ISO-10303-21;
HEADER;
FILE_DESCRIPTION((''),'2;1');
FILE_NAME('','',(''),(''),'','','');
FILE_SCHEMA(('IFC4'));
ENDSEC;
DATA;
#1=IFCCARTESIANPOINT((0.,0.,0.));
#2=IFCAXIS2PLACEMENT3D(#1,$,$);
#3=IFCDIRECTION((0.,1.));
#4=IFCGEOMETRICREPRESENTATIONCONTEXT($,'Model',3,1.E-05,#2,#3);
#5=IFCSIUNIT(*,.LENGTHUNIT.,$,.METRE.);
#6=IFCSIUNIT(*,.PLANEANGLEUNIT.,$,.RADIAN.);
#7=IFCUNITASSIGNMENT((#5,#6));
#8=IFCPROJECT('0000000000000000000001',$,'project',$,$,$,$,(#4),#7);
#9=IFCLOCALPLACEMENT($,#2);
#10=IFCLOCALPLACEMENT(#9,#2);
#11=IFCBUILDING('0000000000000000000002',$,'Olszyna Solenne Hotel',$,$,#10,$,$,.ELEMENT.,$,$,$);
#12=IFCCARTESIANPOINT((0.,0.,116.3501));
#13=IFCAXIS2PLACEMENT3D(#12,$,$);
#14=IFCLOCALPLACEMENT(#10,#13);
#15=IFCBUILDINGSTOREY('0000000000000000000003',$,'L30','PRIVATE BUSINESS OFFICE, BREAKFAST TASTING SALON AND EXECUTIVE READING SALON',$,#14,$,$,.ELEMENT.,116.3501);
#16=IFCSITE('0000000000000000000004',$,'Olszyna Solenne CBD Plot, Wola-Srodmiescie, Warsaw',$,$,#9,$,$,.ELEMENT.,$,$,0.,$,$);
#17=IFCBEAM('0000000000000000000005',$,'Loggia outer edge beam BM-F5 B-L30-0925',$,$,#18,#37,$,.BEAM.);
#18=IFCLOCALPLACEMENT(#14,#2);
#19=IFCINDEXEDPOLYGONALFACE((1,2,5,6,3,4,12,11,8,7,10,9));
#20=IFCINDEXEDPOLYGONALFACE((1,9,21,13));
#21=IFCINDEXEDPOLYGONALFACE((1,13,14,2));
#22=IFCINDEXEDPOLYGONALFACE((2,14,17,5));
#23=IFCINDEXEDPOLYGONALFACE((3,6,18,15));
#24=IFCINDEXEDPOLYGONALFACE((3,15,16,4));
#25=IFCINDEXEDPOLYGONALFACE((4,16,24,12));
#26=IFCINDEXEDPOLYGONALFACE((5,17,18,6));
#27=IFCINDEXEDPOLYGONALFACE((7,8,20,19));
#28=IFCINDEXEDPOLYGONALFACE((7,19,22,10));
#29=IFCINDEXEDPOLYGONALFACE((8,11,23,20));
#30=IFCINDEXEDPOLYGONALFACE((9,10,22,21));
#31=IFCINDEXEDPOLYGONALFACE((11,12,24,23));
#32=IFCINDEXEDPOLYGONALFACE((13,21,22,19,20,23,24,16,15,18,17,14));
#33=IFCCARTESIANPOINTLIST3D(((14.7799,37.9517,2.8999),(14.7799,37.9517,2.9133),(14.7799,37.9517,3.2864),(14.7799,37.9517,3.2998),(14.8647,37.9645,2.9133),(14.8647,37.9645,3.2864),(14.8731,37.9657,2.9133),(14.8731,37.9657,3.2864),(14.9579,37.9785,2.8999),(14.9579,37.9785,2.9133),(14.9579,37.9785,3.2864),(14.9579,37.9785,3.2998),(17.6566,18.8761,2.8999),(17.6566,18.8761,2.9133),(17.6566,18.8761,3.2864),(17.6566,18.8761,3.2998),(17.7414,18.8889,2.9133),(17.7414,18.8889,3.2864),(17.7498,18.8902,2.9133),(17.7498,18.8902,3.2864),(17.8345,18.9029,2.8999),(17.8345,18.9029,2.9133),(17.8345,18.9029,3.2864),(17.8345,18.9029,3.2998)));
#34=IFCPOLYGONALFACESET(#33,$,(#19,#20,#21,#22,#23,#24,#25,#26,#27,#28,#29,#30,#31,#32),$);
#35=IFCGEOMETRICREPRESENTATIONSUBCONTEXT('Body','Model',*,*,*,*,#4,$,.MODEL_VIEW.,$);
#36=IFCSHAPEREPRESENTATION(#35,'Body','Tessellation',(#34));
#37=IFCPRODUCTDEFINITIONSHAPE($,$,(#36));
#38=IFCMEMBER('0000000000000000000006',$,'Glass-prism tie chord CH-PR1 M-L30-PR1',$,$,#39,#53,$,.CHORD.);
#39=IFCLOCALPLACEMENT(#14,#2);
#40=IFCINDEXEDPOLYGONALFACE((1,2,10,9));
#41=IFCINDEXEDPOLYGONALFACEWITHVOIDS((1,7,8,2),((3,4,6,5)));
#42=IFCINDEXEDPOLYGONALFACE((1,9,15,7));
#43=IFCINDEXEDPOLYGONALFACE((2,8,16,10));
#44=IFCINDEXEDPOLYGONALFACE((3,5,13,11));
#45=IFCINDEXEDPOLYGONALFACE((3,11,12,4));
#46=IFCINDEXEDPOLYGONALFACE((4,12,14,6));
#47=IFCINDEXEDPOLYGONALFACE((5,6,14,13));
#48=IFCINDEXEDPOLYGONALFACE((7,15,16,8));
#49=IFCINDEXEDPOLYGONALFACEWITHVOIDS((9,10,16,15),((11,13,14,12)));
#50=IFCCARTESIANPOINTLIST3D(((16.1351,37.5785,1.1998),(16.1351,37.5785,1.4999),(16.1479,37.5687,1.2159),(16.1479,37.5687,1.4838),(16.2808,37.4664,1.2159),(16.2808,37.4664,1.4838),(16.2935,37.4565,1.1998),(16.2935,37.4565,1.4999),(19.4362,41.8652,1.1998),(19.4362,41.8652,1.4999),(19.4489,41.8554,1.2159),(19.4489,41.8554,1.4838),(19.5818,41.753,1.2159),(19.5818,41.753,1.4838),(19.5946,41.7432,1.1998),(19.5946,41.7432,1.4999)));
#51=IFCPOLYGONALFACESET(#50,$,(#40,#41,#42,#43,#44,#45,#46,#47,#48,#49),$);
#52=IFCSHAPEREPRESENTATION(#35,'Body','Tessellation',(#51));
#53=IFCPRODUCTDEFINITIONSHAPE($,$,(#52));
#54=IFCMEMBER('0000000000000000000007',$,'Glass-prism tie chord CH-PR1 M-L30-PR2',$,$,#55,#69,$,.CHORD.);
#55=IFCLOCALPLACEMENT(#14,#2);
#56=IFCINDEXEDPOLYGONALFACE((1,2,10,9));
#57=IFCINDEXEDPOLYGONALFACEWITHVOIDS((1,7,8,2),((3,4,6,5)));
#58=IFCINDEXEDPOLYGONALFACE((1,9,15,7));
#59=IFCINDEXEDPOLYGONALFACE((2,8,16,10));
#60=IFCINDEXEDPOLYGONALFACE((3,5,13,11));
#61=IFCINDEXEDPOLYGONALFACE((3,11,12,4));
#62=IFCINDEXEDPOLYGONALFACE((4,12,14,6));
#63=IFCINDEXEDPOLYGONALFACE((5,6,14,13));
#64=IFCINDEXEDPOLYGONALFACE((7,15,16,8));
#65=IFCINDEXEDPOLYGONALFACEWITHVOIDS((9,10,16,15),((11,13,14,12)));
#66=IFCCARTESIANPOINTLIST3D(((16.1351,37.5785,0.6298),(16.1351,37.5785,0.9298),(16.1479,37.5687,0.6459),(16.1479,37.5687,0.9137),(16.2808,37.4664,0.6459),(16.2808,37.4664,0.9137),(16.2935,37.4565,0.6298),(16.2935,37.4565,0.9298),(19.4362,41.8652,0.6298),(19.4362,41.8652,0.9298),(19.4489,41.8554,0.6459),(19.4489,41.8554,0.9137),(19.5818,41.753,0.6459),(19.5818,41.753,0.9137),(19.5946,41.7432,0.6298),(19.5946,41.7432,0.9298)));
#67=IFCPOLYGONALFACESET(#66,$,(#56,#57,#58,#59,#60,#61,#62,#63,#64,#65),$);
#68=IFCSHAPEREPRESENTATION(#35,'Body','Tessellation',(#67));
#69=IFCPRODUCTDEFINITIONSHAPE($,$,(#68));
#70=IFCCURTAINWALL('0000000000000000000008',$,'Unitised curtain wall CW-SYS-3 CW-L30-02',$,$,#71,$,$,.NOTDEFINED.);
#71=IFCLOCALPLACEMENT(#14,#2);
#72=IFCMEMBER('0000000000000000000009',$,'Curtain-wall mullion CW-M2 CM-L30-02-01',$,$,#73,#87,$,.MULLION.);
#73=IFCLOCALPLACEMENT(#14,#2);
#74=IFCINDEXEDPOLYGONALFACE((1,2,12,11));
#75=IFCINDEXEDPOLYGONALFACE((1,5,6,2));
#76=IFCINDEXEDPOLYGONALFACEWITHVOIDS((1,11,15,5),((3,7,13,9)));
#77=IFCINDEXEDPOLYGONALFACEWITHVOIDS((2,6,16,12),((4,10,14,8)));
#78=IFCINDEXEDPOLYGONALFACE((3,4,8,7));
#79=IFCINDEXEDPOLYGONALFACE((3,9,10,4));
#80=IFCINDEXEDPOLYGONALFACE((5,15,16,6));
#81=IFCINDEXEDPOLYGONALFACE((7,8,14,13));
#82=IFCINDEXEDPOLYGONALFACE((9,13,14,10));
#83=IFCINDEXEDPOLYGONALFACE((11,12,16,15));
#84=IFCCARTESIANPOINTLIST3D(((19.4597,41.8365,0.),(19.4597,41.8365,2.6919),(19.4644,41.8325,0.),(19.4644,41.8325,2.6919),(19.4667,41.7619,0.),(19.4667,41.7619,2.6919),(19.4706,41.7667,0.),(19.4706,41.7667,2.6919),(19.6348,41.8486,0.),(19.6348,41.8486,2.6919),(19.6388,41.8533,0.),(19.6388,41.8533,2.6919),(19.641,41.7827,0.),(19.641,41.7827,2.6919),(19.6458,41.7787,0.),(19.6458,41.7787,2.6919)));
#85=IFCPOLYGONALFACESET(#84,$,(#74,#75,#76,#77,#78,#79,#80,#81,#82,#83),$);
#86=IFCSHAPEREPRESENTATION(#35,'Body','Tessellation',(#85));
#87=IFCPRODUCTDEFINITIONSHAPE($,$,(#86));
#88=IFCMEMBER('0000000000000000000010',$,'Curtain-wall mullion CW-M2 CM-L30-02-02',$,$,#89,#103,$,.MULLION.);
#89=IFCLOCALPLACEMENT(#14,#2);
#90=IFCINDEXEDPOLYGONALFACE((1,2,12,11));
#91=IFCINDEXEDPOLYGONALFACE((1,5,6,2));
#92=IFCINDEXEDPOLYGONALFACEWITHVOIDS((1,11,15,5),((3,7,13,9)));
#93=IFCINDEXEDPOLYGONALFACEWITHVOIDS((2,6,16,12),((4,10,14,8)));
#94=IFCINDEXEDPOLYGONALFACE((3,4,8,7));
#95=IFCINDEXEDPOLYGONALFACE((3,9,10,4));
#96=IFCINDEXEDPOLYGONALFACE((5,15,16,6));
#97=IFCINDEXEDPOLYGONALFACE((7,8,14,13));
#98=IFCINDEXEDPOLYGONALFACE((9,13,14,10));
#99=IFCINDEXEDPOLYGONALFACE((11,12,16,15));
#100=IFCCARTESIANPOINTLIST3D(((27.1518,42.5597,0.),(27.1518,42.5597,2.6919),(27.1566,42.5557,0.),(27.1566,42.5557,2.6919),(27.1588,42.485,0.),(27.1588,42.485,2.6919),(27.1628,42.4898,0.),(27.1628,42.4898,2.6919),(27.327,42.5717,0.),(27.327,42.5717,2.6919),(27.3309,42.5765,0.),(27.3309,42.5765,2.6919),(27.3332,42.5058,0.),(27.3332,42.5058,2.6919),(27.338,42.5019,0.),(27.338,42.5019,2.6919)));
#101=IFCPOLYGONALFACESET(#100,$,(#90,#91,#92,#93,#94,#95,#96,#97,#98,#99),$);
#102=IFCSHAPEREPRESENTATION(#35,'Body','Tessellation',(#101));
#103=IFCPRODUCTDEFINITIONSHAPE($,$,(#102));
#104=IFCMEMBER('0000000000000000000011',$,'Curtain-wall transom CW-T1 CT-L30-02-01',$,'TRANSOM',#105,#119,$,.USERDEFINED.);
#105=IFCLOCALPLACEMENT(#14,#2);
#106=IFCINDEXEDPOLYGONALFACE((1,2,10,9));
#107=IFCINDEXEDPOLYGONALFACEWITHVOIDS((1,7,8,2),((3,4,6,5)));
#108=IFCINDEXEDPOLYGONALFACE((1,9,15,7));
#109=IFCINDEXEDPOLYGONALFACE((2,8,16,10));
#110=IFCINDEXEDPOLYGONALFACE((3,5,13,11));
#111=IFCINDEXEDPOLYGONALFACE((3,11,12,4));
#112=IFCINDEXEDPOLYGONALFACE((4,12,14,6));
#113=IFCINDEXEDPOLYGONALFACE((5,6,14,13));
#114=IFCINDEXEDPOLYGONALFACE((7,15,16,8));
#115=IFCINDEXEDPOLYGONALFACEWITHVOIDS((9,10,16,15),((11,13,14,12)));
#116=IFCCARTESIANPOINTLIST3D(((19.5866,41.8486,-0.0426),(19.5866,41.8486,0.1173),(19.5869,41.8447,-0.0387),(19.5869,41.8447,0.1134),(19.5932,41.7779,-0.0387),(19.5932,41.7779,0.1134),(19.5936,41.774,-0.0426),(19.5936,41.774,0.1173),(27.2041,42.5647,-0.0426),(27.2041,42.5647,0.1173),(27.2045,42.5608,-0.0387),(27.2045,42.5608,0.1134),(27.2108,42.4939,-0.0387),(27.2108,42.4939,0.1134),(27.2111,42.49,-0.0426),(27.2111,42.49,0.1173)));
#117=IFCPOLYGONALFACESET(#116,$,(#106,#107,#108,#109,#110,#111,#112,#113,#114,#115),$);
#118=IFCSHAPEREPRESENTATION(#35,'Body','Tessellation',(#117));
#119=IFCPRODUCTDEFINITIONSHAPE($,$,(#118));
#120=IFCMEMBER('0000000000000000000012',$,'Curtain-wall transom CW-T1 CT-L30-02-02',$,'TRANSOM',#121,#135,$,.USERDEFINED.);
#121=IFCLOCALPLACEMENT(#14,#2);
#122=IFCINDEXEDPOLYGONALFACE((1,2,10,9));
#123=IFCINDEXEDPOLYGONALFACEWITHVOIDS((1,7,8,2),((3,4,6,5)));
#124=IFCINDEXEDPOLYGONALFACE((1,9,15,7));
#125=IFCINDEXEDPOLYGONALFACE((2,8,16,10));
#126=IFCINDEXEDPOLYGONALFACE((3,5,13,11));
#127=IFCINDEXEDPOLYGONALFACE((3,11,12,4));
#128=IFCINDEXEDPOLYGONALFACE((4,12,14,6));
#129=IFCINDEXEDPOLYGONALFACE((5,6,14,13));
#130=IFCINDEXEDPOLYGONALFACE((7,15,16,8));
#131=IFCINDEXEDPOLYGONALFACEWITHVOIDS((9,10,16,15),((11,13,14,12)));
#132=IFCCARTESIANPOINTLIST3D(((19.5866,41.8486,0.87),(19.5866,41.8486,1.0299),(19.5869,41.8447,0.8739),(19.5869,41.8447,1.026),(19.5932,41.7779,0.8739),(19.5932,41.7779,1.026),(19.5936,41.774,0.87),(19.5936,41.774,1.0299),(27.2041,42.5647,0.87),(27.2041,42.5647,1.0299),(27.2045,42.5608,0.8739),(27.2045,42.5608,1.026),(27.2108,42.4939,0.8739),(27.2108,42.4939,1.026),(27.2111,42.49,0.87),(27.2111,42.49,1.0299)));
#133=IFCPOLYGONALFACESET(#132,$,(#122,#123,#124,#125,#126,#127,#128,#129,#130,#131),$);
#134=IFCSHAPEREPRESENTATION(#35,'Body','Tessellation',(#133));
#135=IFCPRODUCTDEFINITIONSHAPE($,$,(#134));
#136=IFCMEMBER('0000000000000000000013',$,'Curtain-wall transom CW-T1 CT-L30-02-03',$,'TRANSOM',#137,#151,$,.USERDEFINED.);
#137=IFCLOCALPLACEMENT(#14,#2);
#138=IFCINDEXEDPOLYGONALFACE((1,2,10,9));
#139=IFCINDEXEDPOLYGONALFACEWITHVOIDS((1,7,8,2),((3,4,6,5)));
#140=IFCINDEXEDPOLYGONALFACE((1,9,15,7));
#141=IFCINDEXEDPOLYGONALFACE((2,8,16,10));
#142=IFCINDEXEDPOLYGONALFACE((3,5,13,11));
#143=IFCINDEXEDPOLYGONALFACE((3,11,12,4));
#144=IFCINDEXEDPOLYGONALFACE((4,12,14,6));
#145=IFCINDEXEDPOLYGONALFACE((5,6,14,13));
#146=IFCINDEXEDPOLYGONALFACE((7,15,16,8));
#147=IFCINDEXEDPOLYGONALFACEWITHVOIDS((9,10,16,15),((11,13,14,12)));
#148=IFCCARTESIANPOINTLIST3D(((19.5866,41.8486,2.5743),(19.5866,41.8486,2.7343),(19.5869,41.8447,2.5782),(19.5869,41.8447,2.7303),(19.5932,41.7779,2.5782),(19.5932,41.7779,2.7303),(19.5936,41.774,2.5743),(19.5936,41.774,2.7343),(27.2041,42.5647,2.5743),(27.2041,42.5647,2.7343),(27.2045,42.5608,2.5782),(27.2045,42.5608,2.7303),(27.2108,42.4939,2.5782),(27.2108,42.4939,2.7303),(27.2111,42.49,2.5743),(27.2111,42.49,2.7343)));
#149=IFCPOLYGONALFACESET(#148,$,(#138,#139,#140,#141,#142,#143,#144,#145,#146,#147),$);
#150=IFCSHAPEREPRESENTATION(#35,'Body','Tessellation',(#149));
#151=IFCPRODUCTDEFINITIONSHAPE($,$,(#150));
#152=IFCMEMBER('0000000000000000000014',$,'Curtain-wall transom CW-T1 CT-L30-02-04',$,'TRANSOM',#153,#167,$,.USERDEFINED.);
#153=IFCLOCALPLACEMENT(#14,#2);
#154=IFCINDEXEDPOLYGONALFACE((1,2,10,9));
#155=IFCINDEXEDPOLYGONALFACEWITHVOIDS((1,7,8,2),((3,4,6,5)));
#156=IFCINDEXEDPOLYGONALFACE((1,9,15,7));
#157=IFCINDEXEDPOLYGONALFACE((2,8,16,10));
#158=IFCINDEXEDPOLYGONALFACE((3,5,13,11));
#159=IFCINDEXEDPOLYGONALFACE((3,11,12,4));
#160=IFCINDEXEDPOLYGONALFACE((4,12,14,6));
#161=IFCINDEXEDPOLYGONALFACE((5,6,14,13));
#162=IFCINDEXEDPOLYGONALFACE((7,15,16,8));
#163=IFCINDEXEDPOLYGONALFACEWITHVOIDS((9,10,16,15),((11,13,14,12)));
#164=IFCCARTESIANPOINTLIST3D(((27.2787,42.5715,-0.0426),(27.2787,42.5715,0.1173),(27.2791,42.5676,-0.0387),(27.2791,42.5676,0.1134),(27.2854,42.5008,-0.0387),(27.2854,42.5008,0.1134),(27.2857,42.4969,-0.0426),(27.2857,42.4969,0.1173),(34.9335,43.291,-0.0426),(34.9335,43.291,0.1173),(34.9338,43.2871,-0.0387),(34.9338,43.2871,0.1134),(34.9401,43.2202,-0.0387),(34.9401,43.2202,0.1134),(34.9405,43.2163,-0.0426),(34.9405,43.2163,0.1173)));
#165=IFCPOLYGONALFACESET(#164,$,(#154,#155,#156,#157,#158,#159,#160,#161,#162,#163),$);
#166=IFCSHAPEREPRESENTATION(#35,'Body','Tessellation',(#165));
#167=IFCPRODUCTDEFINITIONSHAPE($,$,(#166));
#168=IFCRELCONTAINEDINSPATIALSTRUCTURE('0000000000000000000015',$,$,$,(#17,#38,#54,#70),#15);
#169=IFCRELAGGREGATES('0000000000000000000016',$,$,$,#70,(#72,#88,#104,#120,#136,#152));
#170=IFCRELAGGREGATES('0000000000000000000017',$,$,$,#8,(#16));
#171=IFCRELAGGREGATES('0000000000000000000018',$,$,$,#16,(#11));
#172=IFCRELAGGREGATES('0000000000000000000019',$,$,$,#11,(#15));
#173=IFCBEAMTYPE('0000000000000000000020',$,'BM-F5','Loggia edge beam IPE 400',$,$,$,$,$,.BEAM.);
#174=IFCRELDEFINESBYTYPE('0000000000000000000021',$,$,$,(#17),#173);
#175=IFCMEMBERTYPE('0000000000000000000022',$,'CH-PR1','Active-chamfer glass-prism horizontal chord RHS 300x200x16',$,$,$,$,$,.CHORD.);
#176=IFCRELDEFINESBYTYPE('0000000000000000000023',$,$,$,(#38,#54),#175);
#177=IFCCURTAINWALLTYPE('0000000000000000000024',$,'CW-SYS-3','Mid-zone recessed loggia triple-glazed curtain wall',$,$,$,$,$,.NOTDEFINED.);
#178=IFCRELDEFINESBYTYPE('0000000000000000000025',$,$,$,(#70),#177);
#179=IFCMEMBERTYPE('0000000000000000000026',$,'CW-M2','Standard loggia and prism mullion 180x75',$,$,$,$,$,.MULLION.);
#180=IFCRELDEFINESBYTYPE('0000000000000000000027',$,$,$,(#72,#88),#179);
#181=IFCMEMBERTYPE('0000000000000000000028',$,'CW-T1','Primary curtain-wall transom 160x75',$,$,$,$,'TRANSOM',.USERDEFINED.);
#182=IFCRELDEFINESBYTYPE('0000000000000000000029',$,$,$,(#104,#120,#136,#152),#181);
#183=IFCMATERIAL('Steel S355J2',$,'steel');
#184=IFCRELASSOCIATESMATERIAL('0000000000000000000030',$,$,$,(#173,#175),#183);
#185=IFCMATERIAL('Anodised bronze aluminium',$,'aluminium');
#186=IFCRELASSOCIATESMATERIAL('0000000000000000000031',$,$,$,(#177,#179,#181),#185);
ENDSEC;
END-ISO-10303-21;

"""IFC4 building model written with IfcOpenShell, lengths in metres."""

from ifc_helpers import new_model, si_unit, direction, frame, origin, origin_2d, place, context, subcontext, project, spatial, hollow_rectangle, i_section, extrude, source, transform, mapped, material, material_profile, profile_set, type_object, element, aggregate, save


model = new_model("IFC4")

# Units and contexts
model_context = context("Model", 3, precision=1e-05, world=origin(), true_north=direction((0.0, 1.0)))
body_context = subcontext(model_context, "Body", "Model", "MODEL_VIEW")
ifc_project = project(units=[si_unit("LENGTHUNIT", "METRE"), si_unit("PLANEANGLEUNIT", "RADIAN")], contexts=[model_context])

# Site, building, storey
site_placement = place(None, origin())
site = spatial("IfcSite", under=ifc_project, at=site_placement, Name="Olszyna Solenne CBD Plot, Wola-Srodmiescie, Warsaw", CompositionType="ELEMENT", RefElevation=0.0)
building_placement = place(site_placement, origin())
building = spatial("IfcBuilding", under=site, at=building_placement, Name="Olszyna Solenne Hotel", CompositionType="ELEMENT")
storey_placement = place(building_placement, frame((0.0, 0.0, 116.3501)))
storey = spatial("IfcBuildingStorey", under=building, at=storey_placement, Name="L30", Description="PRIVATE BUSINESS OFFICE, BREAKFAST TASTING SALON AND EXECUTIVE READING SALON", CompositionType="ELEMENT", Elevation=116.3501)

# Beam
ifc_material_1 = material(Name="Steel S355J2", Category="steel")
ifc_material_profile_1 = material_profile(ifc_material_1, i_section(OverallWidth=0.1799, OverallDepth=0.3999, WebThickness=0.0085, FlangeThickness=0.0134, at=origin_2d()), Name="IPE 400", Category="load-bearing")
ifc_profile_set_1 = profile_set([ifc_material_profile_1], Name="Steel S355J2")
beam_type_1 = type_object("IfcBeamType", Name="BM-F5", Description="Loggia edge beam IPE 400", PredefinedType="BEAM", material=ifc_profile_set_1)
shared_shape_1 = source(origin(), body_context, "Body", "SweptSolid", [
    extrude(i_section(OverallWidth=0.1799, OverallDepth=0.3999, WebThickness=0.0085, FlangeThickness=0.0134, at=origin_2d()), origin(), (0.0, 0.0, 1.0), 19.2913),
])
beam_1_placement = place(storey_placement, frame((14.8689, 37.9651, 3.0999), z_axis=(0.149119, -0.988819, 0.0), x_axis=(0.988819, 0.149119, 0.0)))
element("IfcBeam", 1, at=beam_1_placement, inside=storey, type_object=beam_type_1, Name="Loggia outer edge beam BM-F5 B-L30-0925", PredefinedType="BEAM", context=body_context, shape_type="MappedRepresentation", body=[
    mapped(shared_shape_1, transform((0.0, 0.0, 0.0), x_axis=(1.0, 0.0, 0.0), y_axis=(0.0, 1.0, 0.0), z_axis=(0.0, 0.0, 1.0), scale=1.0)),
])

# Members
ifc_material_profile_2 = material_profile(ifc_material_1, hollow_rectangle(XDim=0.2, YDim=0.3, WallThickness=0.0161, at=origin_2d()), Name="RHS 300x200x16", Category="load-bearing")
ifc_profile_set_2 = profile_set([ifc_material_profile_2], Name="Steel S355J2")
member_type_1 = type_object("IfcMemberType", Name="CH-PR1", Description="Active-chamfer glass-prism horizontal chord RHS 300x200x16", PredefinedType="CHORD", material=ifc_profile_set_2)
shared_shape_2 = source(origin(), body_context, "Body", "SweptSolid", [
    extrude(hollow_rectangle(XDim=0.2, YDim=0.3, WallThickness=0.0161, at=origin_2d()), origin(), (0.0, 0.0, 1.0), 5.4104),
])
for number, where, z_axis, x_axis, name in (
    (2, (19.5154, 41.8042, 1.3499), (-0.610132, -0.7923, 0.0), (0.7923, -0.610132, 0.0), "Glass-prism tie chord CH-PR1 M-L30-PR1"),
    (3, (19.5154, 41.8042, 0.7798), (-0.610132, -0.7923, 0.0), (0.7923, -0.610132, 0.0), "Glass-prism tie chord CH-PR1 M-L30-PR2"),
):
    element("IfcMember", number, at=place(storey_placement, frame(where, z_axis=z_axis, x_axis=x_axis)), inside=storey, type_object=member_type_1, Name=name, PredefinedType="CHORD", context=body_context, shape_type="MappedRepresentation", body=[
        mapped(shared_shape_2, transform((0.0, 0.0, 0.0), x_axis=(1.0, 0.0, 0.0), y_axis=(0.0, 1.0, 0.0), z_axis=(0.0, 0.0, 1.0), scale=1.0)),
    ])

# Curtain wall, members
ifc_material_2 = material(Name="Anodised bronze aluminium", Category="aluminium")
curtain_wall_type = type_object("IfcCurtainWallType", Name="CW-SYS-3", Description="Mid-zone recessed loggia triple-glazed curtain wall", PredefinedType="NOTDEFINED", material=ifc_material_2)
curtain_wall_placement = place(storey_placement, origin())
curtain_wall = element("IfcCurtainWall", 4, at=curtain_wall_placement, inside=storey, type_object=curtain_wall_type, Name="Unitised curtain wall CW-SYS-3 CW-L30-02", PredefinedType="NOTDEFINED")
ifc_material_profile_3 = material_profile(ifc_material_2, hollow_rectangle(XDim=0.075, YDim=0.1799, WallThickness=0.0044, at=origin_2d()), Name="MULL 180x75x4.5", Category="load-bearing")
ifc_profile_set_3 = profile_set([ifc_material_profile_3], Name="Anodised bronze aluminium")
member_type_2 = type_object("IfcMemberType", Name="CW-M2", Description="Standard loggia and prism mullion 180x75", PredefinedType="MULLION", material=ifc_profile_set_3)
shared_shape_3 = source(origin(), body_context, "Body", "SweptSolid", [
    extrude(hollow_rectangle(XDim=0.075, YDim=0.1799, WallThickness=0.0044, at=origin_2d()), origin(), (0.0, 0.0, 1.0), 2.6919),
])
member_1_placement = place(storey_placement, frame((19.5527, 41.8076, 0.0), z_axis=(0.0, 0.0, 1.0), x_axis=(-0.093582, 0.995612, 0.0)))
member_1 = element("IfcMember", 5, at=member_1_placement, type_object=member_type_2, Name="Curtain-wall mullion CW-M2 CM-L30-02-01", PredefinedType="MULLION", context=body_context, shape_type="MappedRepresentation", body=[
    mapped(shared_shape_3, transform((0.0, 0.0, 0.0), x_axis=(1.0, 0.0, 0.0), y_axis=(0.0, 1.0, 0.0), z_axis=(0.0, 0.0, 1.0), scale=1.0)),
])
member_2_placement = place(storey_placement, frame((27.2449, 42.5308, 0.0), z_axis=(0.0, 0.0, 1.0), x_axis=(-0.093582, 0.995612, 0.0)))
member_2 = element("IfcMember", 6, at=member_2_placement, type_object=member_type_2, Name="Curtain-wall mullion CW-M2 CM-L30-02-02", PredefinedType="MULLION", context=body_context, shape_type="MappedRepresentation", body=[
    mapped(shared_shape_3, transform((0.0, 0.0, 0.0), x_axis=(1.0, 0.0, 0.0), y_axis=(0.0, 1.0, 0.0), z_axis=(0.0, 0.0, 1.0), scale=1.0)),
])
ifc_material_profile_4 = material_profile(ifc_material_2, hollow_rectangle(XDim=0.075, YDim=0.1599, WallThickness=0.0039, at=origin_2d()), Name="TRAN 160x75x4", Category="load-bearing")
ifc_profile_set_4 = profile_set([ifc_material_profile_4], Name="Anodised bronze aluminium")
member_type_3 = type_object("IfcMemberType", Name="CW-T1", Description="Primary curtain-wall transom 160x75", ElementType="TRANSOM", PredefinedType="USERDEFINED", material=ifc_profile_set_4)
shared_shape_4 = source(origin(), body_context, "Body", "SweptSolid", [
    extrude(hollow_rectangle(XDim=0.075, YDim=0.1599, WallThickness=0.0039, at=origin_2d()), origin(), (0.0, 0.0, 1.0), 7.6511),
])
member_3_placement = place(storey_placement, frame((19.5901, 41.8113, 0.0374), z_axis=(0.995611, 0.093591, 0.0), x_axis=(-0.093591, 0.995611, 0.0)))
member_3 = element("IfcMember", 7, at=member_3_placement, type_object=member_type_3, Name="Curtain-wall transom CW-T1 CT-L30-02-01", ObjectType="TRANSOM", PredefinedType="USERDEFINED", context=body_context, shape_type="MappedRepresentation", body=[
    mapped(shared_shape_4, transform((0.0, 0.0, 0.0), x_axis=(1.0, 0.0, 0.0), y_axis=(0.0, 1.0, 0.0), z_axis=(0.0, 0.0, 1.0), scale=1.0)),
])
member_4_placement = place(storey_placement, frame((19.5901, 41.8113, 0.95), z_axis=(0.995611, 0.093591, 0.0), x_axis=(-0.093591, 0.995611, 0.0)))
member_4 = element("IfcMember", 8, at=member_4_placement, type_object=member_type_3, Name="Curtain-wall transom CW-T1 CT-L30-02-02", ObjectType="TRANSOM", PredefinedType="USERDEFINED", context=body_context, shape_type="MappedRepresentation", body=[
    mapped(shared_shape_4, transform((0.0, 0.0, 0.0), x_axis=(1.0, 0.0, 0.0), y_axis=(0.0, 1.0, 0.0), z_axis=(0.0, 0.0, 1.0), scale=1.0)),
])
member_5_placement = place(storey_placement, frame((19.5901, 41.8113, 2.6543), z_axis=(0.995611, 0.093591, 0.0), x_axis=(-0.093591, 0.995611, 0.0)))
member_5 = element("IfcMember", 9, at=member_5_placement, type_object=member_type_3, Name="Curtain-wall transom CW-T1 CT-L30-02-03", ObjectType="TRANSOM", PredefinedType="USERDEFINED", context=body_context, shape_type="MappedRepresentation", body=[
    mapped(shared_shape_4, transform((0.0, 0.0, 0.0), x_axis=(1.0, 0.0, 0.0), y_axis=(0.0, 1.0, 0.0), z_axis=(0.0, 0.0, 1.0), scale=1.0)),
])
shared_shape_5 = source(origin(), body_context, "Body", "SweptSolid", [
    extrude(hollow_rectangle(XDim=0.075, YDim=0.1599, WallThickness=0.0039, at=origin_2d()), origin(), (0.0, 0.0, 1.0), 7.6885),
])
member_6_placement = place(storey_placement, frame((27.2822, 42.5342, 0.0374), z_axis=(0.995612, 0.093579, 0.0), x_axis=(-0.093579, 0.995612, 0.0)))
member_6 = element("IfcMember", 10, at=member_6_placement, type_object=member_type_3, Name="Curtain-wall transom CW-T1 CT-L30-02-04", ObjectType="TRANSOM", PredefinedType="USERDEFINED", context=body_context, shape_type="MappedRepresentation", body=[
    mapped(shared_shape_5, transform((0.0, 0.0, 0.0), x_axis=(1.0, 0.0, 0.0), y_axis=(0.0, 1.0, 0.0), z_axis=(0.0, 0.0, 1.0), scale=1.0)),
])

aggregate(curtain_wall, [member_1, member_2, member_3, member_4, member_5, member_6])

save(model, "model.ifc")
